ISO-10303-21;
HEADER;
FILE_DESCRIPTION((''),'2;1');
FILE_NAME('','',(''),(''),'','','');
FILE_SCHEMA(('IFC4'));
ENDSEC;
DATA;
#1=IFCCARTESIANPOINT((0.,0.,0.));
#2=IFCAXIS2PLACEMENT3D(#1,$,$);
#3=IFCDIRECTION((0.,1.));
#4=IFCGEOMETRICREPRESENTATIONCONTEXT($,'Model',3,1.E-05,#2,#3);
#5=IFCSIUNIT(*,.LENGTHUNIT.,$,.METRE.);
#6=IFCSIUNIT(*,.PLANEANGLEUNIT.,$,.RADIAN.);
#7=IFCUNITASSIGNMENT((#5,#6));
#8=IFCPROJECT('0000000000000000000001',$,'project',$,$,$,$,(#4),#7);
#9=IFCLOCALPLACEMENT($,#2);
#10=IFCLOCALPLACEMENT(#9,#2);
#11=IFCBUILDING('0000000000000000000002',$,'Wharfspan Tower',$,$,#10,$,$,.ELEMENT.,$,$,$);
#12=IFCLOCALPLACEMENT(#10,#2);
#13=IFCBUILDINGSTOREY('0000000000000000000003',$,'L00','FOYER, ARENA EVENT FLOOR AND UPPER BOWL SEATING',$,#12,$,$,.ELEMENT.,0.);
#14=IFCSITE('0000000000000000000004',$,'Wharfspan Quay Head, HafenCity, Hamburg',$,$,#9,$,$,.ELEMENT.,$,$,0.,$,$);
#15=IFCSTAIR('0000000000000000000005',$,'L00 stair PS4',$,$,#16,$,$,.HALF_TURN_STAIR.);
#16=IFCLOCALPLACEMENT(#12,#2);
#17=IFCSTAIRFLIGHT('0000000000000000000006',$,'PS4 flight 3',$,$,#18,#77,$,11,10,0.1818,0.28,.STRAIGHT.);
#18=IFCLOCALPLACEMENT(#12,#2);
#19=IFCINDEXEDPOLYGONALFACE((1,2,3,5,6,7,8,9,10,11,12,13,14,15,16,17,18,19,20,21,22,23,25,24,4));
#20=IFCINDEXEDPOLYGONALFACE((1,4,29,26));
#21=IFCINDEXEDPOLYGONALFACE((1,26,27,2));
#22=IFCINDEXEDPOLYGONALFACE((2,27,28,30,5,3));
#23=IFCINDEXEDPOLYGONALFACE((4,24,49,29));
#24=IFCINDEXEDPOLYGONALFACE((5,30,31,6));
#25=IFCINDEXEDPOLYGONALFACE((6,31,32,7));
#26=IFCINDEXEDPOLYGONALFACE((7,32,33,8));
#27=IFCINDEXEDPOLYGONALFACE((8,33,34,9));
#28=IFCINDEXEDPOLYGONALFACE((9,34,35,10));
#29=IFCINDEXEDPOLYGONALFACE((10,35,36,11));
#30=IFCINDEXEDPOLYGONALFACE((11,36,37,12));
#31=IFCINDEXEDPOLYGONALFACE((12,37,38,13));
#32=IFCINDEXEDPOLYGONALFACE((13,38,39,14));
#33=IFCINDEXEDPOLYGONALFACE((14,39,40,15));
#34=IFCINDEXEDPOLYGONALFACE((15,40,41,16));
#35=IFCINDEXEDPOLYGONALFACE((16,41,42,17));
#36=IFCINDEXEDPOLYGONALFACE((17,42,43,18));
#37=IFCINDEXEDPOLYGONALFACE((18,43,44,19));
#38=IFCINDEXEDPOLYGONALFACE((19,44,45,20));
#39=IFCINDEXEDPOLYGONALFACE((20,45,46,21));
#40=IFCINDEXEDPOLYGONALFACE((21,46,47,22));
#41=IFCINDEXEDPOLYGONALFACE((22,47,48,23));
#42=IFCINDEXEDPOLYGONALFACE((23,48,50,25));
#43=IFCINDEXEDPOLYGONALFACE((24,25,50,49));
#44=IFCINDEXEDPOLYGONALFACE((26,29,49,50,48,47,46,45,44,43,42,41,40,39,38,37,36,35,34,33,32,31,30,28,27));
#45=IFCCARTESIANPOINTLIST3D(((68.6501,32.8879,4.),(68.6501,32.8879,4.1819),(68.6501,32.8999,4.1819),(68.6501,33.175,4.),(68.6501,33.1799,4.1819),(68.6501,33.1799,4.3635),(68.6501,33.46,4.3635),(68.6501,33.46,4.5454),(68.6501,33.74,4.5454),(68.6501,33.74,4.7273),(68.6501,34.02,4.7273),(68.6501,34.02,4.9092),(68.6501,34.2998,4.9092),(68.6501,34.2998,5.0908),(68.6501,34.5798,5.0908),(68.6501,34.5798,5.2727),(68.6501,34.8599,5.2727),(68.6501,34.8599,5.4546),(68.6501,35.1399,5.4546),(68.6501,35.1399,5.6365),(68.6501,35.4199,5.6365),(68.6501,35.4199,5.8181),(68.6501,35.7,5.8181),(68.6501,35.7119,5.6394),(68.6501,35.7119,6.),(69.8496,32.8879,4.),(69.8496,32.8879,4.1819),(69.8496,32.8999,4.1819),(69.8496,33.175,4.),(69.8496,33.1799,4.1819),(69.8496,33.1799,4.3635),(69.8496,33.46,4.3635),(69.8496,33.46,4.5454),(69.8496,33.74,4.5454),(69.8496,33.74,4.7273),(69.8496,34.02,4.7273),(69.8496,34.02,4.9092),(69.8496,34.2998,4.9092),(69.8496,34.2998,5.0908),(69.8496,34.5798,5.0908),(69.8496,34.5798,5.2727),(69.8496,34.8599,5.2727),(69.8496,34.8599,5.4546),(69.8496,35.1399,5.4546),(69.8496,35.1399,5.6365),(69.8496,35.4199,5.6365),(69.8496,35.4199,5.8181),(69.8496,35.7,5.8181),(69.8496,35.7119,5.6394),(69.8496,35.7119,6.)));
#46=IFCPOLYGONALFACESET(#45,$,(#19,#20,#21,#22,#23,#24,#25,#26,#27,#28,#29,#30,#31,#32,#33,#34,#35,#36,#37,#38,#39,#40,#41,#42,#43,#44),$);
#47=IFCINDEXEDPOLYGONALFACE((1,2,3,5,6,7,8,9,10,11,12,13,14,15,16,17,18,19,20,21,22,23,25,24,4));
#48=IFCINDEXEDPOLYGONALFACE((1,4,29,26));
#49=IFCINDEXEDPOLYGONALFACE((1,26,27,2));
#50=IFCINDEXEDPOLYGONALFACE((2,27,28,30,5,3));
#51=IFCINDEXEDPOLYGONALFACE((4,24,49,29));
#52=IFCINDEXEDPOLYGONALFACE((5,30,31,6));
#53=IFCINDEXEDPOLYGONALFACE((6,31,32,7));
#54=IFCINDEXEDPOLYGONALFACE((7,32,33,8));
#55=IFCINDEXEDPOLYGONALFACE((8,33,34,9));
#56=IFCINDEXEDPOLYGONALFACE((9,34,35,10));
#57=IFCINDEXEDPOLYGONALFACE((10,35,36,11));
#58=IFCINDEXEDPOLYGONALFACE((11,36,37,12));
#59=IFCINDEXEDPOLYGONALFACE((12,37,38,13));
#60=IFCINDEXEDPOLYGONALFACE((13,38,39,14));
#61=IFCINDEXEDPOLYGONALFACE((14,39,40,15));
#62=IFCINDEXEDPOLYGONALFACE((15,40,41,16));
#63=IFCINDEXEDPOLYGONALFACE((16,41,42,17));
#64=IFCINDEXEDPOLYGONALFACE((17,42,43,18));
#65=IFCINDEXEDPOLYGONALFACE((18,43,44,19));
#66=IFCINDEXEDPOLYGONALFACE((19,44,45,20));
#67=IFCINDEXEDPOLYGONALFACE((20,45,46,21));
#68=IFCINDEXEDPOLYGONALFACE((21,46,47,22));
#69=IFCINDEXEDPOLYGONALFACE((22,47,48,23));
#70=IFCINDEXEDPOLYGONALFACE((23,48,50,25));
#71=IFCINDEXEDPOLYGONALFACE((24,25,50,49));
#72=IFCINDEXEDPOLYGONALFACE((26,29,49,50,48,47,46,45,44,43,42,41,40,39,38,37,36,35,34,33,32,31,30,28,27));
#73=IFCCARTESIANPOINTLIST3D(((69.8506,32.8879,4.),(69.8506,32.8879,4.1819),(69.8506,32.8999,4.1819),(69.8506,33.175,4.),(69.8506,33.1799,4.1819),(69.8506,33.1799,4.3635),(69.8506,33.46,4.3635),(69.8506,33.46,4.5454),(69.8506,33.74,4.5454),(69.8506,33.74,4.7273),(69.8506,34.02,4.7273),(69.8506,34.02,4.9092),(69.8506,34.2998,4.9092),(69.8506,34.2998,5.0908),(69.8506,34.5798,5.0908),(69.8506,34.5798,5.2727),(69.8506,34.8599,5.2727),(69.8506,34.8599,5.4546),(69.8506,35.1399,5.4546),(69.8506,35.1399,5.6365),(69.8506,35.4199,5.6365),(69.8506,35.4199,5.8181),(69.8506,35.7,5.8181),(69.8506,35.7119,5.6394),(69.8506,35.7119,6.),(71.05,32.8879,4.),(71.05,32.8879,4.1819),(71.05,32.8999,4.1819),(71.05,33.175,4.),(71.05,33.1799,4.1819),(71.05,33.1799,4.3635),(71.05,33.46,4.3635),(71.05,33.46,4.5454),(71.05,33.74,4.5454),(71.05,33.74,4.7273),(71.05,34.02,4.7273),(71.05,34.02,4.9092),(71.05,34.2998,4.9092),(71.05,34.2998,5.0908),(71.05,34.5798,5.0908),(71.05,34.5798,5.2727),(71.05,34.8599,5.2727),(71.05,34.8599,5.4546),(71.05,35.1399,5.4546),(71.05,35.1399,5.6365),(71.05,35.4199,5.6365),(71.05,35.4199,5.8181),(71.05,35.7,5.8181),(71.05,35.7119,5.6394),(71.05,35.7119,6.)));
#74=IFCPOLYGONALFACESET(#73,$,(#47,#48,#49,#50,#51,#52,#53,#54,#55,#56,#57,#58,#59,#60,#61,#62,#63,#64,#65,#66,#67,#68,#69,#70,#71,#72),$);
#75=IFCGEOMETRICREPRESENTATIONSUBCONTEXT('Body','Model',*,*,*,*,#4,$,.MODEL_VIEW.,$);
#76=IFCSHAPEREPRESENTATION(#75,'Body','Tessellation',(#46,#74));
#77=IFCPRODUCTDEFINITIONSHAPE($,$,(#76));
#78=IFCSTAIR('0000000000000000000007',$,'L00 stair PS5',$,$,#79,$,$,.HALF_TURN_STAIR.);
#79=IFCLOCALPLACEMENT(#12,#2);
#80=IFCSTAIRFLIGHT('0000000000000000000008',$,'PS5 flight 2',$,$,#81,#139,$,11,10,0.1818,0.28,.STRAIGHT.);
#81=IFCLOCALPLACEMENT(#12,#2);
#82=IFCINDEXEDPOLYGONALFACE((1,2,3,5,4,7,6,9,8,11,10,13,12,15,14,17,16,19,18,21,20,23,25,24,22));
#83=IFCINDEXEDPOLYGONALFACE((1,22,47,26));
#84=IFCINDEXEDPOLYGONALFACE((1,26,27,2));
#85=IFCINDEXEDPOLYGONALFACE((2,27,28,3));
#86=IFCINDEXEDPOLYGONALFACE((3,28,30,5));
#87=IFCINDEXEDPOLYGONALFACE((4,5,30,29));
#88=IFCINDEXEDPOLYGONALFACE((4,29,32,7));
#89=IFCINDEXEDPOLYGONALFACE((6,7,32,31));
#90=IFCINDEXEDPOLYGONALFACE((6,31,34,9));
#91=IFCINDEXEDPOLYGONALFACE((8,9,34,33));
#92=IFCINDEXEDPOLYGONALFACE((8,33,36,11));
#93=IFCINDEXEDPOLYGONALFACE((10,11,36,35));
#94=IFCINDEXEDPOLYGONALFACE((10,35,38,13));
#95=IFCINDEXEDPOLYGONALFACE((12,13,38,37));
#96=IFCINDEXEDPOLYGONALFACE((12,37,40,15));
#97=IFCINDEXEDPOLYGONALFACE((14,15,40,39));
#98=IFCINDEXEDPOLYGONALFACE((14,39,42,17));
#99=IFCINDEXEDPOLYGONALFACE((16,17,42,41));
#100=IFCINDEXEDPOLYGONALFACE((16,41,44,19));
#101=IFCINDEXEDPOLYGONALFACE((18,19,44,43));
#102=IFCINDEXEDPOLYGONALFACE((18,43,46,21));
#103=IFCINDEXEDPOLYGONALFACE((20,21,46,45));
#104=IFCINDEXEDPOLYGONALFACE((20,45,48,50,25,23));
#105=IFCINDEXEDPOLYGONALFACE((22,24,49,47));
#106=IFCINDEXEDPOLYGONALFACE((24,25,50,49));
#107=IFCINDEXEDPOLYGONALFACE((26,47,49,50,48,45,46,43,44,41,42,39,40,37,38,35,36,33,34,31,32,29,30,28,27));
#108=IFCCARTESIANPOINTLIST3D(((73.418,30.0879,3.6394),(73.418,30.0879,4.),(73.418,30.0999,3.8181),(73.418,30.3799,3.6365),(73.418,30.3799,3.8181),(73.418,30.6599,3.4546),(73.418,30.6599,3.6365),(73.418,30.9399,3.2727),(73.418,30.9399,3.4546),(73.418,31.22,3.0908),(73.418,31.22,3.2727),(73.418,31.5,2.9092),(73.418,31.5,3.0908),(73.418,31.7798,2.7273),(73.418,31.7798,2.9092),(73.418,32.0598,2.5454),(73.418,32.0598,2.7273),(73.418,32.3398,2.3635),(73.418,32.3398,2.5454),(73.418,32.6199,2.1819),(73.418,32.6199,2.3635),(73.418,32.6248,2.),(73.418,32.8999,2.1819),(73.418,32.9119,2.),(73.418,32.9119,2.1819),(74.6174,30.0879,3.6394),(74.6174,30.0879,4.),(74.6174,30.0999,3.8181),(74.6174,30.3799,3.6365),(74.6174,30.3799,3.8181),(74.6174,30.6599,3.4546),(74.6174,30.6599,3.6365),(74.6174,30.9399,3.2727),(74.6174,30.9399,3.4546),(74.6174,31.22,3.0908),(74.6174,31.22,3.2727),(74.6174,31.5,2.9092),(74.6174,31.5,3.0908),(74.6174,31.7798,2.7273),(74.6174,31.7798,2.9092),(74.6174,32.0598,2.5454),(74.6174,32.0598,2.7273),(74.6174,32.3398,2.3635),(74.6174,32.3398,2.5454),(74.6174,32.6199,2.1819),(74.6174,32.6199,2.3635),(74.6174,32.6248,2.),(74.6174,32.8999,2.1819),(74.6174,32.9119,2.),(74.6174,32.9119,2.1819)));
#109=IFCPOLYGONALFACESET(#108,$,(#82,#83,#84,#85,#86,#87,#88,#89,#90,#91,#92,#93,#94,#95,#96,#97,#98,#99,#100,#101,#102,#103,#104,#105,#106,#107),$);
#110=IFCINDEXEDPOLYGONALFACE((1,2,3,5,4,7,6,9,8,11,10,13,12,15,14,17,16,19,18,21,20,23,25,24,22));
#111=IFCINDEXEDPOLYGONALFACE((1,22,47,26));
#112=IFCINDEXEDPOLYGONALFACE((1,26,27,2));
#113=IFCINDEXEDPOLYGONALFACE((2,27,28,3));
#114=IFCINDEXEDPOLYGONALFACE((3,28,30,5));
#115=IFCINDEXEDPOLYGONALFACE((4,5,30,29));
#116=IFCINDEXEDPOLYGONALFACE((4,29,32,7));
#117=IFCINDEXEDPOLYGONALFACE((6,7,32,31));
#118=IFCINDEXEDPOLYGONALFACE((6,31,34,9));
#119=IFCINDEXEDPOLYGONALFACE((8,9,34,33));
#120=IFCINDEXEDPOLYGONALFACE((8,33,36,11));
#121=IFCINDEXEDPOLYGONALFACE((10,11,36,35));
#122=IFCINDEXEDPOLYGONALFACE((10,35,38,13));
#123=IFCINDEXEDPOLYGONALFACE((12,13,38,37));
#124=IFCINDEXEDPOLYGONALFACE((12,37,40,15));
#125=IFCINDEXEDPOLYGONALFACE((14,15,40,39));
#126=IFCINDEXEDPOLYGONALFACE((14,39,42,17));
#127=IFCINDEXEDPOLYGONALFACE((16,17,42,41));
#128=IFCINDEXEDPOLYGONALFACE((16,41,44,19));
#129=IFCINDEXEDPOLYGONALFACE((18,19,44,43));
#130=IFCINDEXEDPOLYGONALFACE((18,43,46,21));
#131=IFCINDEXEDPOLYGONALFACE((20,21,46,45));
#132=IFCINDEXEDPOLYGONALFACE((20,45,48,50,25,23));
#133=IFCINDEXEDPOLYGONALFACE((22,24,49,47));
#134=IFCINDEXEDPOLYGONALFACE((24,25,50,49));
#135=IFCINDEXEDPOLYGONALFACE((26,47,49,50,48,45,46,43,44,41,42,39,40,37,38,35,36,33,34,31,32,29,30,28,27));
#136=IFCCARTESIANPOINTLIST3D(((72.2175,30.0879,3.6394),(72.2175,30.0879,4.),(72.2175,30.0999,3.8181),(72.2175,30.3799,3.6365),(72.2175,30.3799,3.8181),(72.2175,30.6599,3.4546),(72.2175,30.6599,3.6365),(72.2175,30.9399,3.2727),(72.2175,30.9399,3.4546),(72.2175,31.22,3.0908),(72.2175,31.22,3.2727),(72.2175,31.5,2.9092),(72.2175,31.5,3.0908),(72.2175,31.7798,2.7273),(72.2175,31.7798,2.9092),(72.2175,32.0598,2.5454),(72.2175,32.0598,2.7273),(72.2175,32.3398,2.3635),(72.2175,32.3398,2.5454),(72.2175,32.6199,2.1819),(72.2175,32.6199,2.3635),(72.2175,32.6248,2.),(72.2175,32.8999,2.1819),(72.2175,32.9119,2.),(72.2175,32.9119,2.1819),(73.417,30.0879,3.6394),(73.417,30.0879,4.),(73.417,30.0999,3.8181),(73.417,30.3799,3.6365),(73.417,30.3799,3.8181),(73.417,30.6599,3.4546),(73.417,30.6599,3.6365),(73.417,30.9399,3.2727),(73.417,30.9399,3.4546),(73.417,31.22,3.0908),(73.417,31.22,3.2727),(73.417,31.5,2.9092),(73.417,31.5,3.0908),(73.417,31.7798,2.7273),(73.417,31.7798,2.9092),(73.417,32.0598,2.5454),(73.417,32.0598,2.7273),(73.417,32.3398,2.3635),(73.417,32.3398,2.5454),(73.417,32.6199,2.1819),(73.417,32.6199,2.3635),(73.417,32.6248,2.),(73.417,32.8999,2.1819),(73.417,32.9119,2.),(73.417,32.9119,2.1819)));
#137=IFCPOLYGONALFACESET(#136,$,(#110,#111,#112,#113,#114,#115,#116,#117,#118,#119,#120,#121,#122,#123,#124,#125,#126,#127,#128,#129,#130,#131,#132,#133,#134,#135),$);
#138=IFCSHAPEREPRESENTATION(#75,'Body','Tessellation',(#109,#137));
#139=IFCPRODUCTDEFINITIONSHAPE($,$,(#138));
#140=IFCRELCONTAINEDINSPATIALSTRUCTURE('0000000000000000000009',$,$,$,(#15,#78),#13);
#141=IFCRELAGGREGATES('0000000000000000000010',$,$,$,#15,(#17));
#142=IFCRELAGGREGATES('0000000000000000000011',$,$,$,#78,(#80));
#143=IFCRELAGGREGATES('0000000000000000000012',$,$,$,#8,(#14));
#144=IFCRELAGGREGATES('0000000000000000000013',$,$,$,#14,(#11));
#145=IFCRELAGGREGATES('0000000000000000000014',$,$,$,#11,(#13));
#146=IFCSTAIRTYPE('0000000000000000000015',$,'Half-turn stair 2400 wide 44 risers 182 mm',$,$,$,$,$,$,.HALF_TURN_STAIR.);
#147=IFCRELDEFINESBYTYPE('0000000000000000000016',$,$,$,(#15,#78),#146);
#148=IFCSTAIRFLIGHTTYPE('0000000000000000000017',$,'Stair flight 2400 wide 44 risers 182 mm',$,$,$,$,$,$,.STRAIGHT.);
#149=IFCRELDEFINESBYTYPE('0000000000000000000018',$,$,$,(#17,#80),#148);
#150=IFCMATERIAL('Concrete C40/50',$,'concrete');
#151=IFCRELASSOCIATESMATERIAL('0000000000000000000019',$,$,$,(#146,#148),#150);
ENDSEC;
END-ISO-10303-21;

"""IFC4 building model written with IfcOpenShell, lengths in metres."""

from ifc_helpers import new_model, si_unit, direction, frame, origin, place, context, subcontext, project, spatial, polyline, outline, extrude, material, type_object, element, aggregate, save


model = new_model("IFC4")

# Units and contexts
model_context = context("Model", 3, precision=1e-05, world=origin(), true_north=direction((0.0, 1.0)))
body_context = subcontext(model_context, "Body", "Model", "MODEL_VIEW")
ifc_project = project(units=[si_unit("LENGTHUNIT", "METRE"), si_unit("PLANEANGLEUNIT", "RADIAN")], contexts=[model_context])

# Site, building, storey
site_placement = place(None, origin())
site = spatial("IfcSite", under=ifc_project, at=site_placement, Name="Wharfspan Quay Head, HafenCity, Hamburg", CompositionType="ELEMENT", RefElevation=0.0)
building_placement = place(site_placement, origin())
building = spatial("IfcBuilding", under=site, at=building_placement, Name="Wharfspan Tower", CompositionType="ELEMENT")
storey_placement = place(building_placement, origin())
storey = spatial("IfcBuildingStorey", under=building, at=storey_placement, Name="L00", Description="FOYER, ARENA EVENT FLOOR AND UPPER BOWL SEATING", CompositionType="ELEMENT", Elevation=0.0)

# Shared definitions
ifc_material_1 = material(Name="Concrete C40/50", Category="concrete")

# Stair, stair flight
stair_type = type_object("IfcStairType", Name="Half-turn stair 2400 wide 44 risers 182 mm", PredefinedType="HALF_TURN_STAIR", material=ifc_material_1)
stair_1_placement = place(storey_placement, origin())
stair_1 = element("IfcStair", 1, at=stair_1_placement, inside=storey, type_object=stair_type, Name="L00 stair PS4", PredefinedType="HALF_TURN_STAIR")
stair_flight_type = type_object("IfcStairFlightType", Name="Stair flight 2400 wide 44 risers 182 mm", PredefinedType="STRAIGHT", material=ifc_material_1)
stair_flight_1_placement = place(storey_placement, frame((69.8501, 32.8999, 4.0), z_axis=(0.0, 0.0, 1.0), x_axis=(0.0, 1.0, 0.0)))
stair_flight_1 = element("IfcStairFlight", 2, at=stair_flight_1_placement, type_object=stair_flight_type, Name="PS4 flight 3", NumberOfRisers=11, NumberOfTreads=10, PredefinedType="STRAIGHT", RiserHeight=0.1818, TreadLength=0.28, context=body_context, shape_type="SweptSolid", body=[
    extrude(outline(polyline([(-0.012, 0.0), (-0.012, 0.1819), (0.0, 0.1819), (0.28, 0.1819), (0.28, 0.3635), (0.5601, 0.3635), (0.5601, 0.5454), (0.8401, 0.5454), (0.8401, 0.7273), (1.1201, 0.7273), (1.1201, 0.9092), (1.3999, 0.9092), (1.3999, 1.0908), (1.6799, 1.0908), (1.6799, 1.2727), (1.96, 1.2727), (1.96, 1.4546), (2.24, 1.4546), (2.24, 1.6365), (2.52, 1.6365), (2.52, 1.8181), (2.8, 1.8181), (2.812, 2.0), (2.812, 1.6394), (0.2751, 0.0), (-0.012, 0.0)])), frame((0.0, 1.2, 0.0), z_axis=(0.0, -1.0, 0.0), x_axis=(1.0, 0.0, 0.0)), (0.0, 0.0, 1.0), 1.1995),
    extrude(outline(polyline([(-0.012, 0.0), (-0.012, 0.1819), (0.0, 0.1819), (0.28, 0.1819), (0.28, 0.3635), (0.5601, 0.3635), (0.5601, 0.5454), (0.8401, 0.5454), (0.8401, 0.7273), (1.1201, 0.7273), (1.1201, 0.9092), (1.3999, 0.9092), (1.3999, 1.0908), (1.6799, 1.0908), (1.6799, 1.2727), (1.96, 1.2727), (1.96, 1.4546), (2.24, 1.4546), (2.24, 1.6365), (2.52, 1.6365), (2.52, 1.8181), (2.8, 1.8181), (2.812, 2.0), (2.812, 1.6394), (0.2751, 0.0), (-0.012, 0.0)])), frame((0.0, -0.0005, 0.0), z_axis=(0.0, -1.0, 0.0), x_axis=(1.0, 0.0, 0.0)), (0.0, 0.0, 1.0), 1.1995),
])
aggregate(stair_1, [stair_flight_1])

# Stair, stair flight
stair_2_placement = place(storey_placement, origin())
stair_2 = element("IfcStair", 3, at=stair_2_placement, inside=storey, type_object=stair_type, Name="L00 stair PS5", PredefinedType="HALF_TURN_STAIR")
stair_flight_2_placement = place(storey_placement, frame((73.4175, 32.8999, 2.0), z_axis=(0.0, 0.0, 1.0), x_axis=(0.0, -1.0, 0.0)))
stair_flight_2 = element("IfcStairFlight", 4, at=stair_flight_2_placement, type_object=stair_flight_type, Name="PS5 flight 2", NumberOfRisers=11, NumberOfTreads=10, PredefinedType="STRAIGHT", RiserHeight=0.1818, TreadLength=0.28, context=body_context, shape_type="SweptSolid", body=[
    extrude(outline(polyline([(-0.012, 0.0), (-0.012, 0.1819), (0.0, 0.1819), (0.28, 0.1819), (0.28, 0.3635), (0.5601, 0.3635), (0.5601, 0.5454), (0.8401, 0.5454), (0.8401, 0.7273), (1.1201, 0.7273), (1.1201, 0.9092), (1.3999, 0.9092), (1.3999, 1.0908), (1.6799, 1.0908), (1.6799, 1.2727), (1.96, 1.2727), (1.96, 1.4546), (2.24, 1.4546), (2.24, 1.6365), (2.52, 1.6365), (2.52, 1.8181), (2.8, 1.8181), (2.812, 2.0), (2.812, 1.6394), (0.2751, 0.0), (-0.012, 0.0)])), frame((0.0, 1.2, 0.0), z_axis=(0.0, -1.0, 0.0), x_axis=(1.0, 0.0, 0.0)), (0.0, 0.0, 1.0), 1.1995),
    extrude(outline(polyline([(-0.012, 0.0), (-0.012, 0.1819), (0.0, 0.1819), (0.28, 0.1819), (0.28, 0.3635), (0.5601, 0.3635), (0.5601, 0.5454), (0.8401, 0.5454), (0.8401, 0.7273), (1.1201, 0.7273), (1.1201, 0.9092), (1.3999, 0.9092), (1.3999, 1.0908), (1.6799, 1.0908), (1.6799, 1.2727), (1.96, 1.2727), (1.96, 1.4546), (2.24, 1.4546), (2.24, 1.6365), (2.52, 1.6365), (2.52, 1.8181), (2.8, 1.8181), (2.812, 2.0), (2.812, 1.6394), (0.2751, 0.0), (-0.012, 0.0)])), frame((0.0, -0.0005, 0.0), z_axis=(0.0, -1.0, 0.0), x_axis=(1.0, 0.0, 0.0)), (0.0, 0.0, 1.0), 1.1995),
])
aggregate(stair_2, [stair_flight_2])

save(model, "model.ifc")
